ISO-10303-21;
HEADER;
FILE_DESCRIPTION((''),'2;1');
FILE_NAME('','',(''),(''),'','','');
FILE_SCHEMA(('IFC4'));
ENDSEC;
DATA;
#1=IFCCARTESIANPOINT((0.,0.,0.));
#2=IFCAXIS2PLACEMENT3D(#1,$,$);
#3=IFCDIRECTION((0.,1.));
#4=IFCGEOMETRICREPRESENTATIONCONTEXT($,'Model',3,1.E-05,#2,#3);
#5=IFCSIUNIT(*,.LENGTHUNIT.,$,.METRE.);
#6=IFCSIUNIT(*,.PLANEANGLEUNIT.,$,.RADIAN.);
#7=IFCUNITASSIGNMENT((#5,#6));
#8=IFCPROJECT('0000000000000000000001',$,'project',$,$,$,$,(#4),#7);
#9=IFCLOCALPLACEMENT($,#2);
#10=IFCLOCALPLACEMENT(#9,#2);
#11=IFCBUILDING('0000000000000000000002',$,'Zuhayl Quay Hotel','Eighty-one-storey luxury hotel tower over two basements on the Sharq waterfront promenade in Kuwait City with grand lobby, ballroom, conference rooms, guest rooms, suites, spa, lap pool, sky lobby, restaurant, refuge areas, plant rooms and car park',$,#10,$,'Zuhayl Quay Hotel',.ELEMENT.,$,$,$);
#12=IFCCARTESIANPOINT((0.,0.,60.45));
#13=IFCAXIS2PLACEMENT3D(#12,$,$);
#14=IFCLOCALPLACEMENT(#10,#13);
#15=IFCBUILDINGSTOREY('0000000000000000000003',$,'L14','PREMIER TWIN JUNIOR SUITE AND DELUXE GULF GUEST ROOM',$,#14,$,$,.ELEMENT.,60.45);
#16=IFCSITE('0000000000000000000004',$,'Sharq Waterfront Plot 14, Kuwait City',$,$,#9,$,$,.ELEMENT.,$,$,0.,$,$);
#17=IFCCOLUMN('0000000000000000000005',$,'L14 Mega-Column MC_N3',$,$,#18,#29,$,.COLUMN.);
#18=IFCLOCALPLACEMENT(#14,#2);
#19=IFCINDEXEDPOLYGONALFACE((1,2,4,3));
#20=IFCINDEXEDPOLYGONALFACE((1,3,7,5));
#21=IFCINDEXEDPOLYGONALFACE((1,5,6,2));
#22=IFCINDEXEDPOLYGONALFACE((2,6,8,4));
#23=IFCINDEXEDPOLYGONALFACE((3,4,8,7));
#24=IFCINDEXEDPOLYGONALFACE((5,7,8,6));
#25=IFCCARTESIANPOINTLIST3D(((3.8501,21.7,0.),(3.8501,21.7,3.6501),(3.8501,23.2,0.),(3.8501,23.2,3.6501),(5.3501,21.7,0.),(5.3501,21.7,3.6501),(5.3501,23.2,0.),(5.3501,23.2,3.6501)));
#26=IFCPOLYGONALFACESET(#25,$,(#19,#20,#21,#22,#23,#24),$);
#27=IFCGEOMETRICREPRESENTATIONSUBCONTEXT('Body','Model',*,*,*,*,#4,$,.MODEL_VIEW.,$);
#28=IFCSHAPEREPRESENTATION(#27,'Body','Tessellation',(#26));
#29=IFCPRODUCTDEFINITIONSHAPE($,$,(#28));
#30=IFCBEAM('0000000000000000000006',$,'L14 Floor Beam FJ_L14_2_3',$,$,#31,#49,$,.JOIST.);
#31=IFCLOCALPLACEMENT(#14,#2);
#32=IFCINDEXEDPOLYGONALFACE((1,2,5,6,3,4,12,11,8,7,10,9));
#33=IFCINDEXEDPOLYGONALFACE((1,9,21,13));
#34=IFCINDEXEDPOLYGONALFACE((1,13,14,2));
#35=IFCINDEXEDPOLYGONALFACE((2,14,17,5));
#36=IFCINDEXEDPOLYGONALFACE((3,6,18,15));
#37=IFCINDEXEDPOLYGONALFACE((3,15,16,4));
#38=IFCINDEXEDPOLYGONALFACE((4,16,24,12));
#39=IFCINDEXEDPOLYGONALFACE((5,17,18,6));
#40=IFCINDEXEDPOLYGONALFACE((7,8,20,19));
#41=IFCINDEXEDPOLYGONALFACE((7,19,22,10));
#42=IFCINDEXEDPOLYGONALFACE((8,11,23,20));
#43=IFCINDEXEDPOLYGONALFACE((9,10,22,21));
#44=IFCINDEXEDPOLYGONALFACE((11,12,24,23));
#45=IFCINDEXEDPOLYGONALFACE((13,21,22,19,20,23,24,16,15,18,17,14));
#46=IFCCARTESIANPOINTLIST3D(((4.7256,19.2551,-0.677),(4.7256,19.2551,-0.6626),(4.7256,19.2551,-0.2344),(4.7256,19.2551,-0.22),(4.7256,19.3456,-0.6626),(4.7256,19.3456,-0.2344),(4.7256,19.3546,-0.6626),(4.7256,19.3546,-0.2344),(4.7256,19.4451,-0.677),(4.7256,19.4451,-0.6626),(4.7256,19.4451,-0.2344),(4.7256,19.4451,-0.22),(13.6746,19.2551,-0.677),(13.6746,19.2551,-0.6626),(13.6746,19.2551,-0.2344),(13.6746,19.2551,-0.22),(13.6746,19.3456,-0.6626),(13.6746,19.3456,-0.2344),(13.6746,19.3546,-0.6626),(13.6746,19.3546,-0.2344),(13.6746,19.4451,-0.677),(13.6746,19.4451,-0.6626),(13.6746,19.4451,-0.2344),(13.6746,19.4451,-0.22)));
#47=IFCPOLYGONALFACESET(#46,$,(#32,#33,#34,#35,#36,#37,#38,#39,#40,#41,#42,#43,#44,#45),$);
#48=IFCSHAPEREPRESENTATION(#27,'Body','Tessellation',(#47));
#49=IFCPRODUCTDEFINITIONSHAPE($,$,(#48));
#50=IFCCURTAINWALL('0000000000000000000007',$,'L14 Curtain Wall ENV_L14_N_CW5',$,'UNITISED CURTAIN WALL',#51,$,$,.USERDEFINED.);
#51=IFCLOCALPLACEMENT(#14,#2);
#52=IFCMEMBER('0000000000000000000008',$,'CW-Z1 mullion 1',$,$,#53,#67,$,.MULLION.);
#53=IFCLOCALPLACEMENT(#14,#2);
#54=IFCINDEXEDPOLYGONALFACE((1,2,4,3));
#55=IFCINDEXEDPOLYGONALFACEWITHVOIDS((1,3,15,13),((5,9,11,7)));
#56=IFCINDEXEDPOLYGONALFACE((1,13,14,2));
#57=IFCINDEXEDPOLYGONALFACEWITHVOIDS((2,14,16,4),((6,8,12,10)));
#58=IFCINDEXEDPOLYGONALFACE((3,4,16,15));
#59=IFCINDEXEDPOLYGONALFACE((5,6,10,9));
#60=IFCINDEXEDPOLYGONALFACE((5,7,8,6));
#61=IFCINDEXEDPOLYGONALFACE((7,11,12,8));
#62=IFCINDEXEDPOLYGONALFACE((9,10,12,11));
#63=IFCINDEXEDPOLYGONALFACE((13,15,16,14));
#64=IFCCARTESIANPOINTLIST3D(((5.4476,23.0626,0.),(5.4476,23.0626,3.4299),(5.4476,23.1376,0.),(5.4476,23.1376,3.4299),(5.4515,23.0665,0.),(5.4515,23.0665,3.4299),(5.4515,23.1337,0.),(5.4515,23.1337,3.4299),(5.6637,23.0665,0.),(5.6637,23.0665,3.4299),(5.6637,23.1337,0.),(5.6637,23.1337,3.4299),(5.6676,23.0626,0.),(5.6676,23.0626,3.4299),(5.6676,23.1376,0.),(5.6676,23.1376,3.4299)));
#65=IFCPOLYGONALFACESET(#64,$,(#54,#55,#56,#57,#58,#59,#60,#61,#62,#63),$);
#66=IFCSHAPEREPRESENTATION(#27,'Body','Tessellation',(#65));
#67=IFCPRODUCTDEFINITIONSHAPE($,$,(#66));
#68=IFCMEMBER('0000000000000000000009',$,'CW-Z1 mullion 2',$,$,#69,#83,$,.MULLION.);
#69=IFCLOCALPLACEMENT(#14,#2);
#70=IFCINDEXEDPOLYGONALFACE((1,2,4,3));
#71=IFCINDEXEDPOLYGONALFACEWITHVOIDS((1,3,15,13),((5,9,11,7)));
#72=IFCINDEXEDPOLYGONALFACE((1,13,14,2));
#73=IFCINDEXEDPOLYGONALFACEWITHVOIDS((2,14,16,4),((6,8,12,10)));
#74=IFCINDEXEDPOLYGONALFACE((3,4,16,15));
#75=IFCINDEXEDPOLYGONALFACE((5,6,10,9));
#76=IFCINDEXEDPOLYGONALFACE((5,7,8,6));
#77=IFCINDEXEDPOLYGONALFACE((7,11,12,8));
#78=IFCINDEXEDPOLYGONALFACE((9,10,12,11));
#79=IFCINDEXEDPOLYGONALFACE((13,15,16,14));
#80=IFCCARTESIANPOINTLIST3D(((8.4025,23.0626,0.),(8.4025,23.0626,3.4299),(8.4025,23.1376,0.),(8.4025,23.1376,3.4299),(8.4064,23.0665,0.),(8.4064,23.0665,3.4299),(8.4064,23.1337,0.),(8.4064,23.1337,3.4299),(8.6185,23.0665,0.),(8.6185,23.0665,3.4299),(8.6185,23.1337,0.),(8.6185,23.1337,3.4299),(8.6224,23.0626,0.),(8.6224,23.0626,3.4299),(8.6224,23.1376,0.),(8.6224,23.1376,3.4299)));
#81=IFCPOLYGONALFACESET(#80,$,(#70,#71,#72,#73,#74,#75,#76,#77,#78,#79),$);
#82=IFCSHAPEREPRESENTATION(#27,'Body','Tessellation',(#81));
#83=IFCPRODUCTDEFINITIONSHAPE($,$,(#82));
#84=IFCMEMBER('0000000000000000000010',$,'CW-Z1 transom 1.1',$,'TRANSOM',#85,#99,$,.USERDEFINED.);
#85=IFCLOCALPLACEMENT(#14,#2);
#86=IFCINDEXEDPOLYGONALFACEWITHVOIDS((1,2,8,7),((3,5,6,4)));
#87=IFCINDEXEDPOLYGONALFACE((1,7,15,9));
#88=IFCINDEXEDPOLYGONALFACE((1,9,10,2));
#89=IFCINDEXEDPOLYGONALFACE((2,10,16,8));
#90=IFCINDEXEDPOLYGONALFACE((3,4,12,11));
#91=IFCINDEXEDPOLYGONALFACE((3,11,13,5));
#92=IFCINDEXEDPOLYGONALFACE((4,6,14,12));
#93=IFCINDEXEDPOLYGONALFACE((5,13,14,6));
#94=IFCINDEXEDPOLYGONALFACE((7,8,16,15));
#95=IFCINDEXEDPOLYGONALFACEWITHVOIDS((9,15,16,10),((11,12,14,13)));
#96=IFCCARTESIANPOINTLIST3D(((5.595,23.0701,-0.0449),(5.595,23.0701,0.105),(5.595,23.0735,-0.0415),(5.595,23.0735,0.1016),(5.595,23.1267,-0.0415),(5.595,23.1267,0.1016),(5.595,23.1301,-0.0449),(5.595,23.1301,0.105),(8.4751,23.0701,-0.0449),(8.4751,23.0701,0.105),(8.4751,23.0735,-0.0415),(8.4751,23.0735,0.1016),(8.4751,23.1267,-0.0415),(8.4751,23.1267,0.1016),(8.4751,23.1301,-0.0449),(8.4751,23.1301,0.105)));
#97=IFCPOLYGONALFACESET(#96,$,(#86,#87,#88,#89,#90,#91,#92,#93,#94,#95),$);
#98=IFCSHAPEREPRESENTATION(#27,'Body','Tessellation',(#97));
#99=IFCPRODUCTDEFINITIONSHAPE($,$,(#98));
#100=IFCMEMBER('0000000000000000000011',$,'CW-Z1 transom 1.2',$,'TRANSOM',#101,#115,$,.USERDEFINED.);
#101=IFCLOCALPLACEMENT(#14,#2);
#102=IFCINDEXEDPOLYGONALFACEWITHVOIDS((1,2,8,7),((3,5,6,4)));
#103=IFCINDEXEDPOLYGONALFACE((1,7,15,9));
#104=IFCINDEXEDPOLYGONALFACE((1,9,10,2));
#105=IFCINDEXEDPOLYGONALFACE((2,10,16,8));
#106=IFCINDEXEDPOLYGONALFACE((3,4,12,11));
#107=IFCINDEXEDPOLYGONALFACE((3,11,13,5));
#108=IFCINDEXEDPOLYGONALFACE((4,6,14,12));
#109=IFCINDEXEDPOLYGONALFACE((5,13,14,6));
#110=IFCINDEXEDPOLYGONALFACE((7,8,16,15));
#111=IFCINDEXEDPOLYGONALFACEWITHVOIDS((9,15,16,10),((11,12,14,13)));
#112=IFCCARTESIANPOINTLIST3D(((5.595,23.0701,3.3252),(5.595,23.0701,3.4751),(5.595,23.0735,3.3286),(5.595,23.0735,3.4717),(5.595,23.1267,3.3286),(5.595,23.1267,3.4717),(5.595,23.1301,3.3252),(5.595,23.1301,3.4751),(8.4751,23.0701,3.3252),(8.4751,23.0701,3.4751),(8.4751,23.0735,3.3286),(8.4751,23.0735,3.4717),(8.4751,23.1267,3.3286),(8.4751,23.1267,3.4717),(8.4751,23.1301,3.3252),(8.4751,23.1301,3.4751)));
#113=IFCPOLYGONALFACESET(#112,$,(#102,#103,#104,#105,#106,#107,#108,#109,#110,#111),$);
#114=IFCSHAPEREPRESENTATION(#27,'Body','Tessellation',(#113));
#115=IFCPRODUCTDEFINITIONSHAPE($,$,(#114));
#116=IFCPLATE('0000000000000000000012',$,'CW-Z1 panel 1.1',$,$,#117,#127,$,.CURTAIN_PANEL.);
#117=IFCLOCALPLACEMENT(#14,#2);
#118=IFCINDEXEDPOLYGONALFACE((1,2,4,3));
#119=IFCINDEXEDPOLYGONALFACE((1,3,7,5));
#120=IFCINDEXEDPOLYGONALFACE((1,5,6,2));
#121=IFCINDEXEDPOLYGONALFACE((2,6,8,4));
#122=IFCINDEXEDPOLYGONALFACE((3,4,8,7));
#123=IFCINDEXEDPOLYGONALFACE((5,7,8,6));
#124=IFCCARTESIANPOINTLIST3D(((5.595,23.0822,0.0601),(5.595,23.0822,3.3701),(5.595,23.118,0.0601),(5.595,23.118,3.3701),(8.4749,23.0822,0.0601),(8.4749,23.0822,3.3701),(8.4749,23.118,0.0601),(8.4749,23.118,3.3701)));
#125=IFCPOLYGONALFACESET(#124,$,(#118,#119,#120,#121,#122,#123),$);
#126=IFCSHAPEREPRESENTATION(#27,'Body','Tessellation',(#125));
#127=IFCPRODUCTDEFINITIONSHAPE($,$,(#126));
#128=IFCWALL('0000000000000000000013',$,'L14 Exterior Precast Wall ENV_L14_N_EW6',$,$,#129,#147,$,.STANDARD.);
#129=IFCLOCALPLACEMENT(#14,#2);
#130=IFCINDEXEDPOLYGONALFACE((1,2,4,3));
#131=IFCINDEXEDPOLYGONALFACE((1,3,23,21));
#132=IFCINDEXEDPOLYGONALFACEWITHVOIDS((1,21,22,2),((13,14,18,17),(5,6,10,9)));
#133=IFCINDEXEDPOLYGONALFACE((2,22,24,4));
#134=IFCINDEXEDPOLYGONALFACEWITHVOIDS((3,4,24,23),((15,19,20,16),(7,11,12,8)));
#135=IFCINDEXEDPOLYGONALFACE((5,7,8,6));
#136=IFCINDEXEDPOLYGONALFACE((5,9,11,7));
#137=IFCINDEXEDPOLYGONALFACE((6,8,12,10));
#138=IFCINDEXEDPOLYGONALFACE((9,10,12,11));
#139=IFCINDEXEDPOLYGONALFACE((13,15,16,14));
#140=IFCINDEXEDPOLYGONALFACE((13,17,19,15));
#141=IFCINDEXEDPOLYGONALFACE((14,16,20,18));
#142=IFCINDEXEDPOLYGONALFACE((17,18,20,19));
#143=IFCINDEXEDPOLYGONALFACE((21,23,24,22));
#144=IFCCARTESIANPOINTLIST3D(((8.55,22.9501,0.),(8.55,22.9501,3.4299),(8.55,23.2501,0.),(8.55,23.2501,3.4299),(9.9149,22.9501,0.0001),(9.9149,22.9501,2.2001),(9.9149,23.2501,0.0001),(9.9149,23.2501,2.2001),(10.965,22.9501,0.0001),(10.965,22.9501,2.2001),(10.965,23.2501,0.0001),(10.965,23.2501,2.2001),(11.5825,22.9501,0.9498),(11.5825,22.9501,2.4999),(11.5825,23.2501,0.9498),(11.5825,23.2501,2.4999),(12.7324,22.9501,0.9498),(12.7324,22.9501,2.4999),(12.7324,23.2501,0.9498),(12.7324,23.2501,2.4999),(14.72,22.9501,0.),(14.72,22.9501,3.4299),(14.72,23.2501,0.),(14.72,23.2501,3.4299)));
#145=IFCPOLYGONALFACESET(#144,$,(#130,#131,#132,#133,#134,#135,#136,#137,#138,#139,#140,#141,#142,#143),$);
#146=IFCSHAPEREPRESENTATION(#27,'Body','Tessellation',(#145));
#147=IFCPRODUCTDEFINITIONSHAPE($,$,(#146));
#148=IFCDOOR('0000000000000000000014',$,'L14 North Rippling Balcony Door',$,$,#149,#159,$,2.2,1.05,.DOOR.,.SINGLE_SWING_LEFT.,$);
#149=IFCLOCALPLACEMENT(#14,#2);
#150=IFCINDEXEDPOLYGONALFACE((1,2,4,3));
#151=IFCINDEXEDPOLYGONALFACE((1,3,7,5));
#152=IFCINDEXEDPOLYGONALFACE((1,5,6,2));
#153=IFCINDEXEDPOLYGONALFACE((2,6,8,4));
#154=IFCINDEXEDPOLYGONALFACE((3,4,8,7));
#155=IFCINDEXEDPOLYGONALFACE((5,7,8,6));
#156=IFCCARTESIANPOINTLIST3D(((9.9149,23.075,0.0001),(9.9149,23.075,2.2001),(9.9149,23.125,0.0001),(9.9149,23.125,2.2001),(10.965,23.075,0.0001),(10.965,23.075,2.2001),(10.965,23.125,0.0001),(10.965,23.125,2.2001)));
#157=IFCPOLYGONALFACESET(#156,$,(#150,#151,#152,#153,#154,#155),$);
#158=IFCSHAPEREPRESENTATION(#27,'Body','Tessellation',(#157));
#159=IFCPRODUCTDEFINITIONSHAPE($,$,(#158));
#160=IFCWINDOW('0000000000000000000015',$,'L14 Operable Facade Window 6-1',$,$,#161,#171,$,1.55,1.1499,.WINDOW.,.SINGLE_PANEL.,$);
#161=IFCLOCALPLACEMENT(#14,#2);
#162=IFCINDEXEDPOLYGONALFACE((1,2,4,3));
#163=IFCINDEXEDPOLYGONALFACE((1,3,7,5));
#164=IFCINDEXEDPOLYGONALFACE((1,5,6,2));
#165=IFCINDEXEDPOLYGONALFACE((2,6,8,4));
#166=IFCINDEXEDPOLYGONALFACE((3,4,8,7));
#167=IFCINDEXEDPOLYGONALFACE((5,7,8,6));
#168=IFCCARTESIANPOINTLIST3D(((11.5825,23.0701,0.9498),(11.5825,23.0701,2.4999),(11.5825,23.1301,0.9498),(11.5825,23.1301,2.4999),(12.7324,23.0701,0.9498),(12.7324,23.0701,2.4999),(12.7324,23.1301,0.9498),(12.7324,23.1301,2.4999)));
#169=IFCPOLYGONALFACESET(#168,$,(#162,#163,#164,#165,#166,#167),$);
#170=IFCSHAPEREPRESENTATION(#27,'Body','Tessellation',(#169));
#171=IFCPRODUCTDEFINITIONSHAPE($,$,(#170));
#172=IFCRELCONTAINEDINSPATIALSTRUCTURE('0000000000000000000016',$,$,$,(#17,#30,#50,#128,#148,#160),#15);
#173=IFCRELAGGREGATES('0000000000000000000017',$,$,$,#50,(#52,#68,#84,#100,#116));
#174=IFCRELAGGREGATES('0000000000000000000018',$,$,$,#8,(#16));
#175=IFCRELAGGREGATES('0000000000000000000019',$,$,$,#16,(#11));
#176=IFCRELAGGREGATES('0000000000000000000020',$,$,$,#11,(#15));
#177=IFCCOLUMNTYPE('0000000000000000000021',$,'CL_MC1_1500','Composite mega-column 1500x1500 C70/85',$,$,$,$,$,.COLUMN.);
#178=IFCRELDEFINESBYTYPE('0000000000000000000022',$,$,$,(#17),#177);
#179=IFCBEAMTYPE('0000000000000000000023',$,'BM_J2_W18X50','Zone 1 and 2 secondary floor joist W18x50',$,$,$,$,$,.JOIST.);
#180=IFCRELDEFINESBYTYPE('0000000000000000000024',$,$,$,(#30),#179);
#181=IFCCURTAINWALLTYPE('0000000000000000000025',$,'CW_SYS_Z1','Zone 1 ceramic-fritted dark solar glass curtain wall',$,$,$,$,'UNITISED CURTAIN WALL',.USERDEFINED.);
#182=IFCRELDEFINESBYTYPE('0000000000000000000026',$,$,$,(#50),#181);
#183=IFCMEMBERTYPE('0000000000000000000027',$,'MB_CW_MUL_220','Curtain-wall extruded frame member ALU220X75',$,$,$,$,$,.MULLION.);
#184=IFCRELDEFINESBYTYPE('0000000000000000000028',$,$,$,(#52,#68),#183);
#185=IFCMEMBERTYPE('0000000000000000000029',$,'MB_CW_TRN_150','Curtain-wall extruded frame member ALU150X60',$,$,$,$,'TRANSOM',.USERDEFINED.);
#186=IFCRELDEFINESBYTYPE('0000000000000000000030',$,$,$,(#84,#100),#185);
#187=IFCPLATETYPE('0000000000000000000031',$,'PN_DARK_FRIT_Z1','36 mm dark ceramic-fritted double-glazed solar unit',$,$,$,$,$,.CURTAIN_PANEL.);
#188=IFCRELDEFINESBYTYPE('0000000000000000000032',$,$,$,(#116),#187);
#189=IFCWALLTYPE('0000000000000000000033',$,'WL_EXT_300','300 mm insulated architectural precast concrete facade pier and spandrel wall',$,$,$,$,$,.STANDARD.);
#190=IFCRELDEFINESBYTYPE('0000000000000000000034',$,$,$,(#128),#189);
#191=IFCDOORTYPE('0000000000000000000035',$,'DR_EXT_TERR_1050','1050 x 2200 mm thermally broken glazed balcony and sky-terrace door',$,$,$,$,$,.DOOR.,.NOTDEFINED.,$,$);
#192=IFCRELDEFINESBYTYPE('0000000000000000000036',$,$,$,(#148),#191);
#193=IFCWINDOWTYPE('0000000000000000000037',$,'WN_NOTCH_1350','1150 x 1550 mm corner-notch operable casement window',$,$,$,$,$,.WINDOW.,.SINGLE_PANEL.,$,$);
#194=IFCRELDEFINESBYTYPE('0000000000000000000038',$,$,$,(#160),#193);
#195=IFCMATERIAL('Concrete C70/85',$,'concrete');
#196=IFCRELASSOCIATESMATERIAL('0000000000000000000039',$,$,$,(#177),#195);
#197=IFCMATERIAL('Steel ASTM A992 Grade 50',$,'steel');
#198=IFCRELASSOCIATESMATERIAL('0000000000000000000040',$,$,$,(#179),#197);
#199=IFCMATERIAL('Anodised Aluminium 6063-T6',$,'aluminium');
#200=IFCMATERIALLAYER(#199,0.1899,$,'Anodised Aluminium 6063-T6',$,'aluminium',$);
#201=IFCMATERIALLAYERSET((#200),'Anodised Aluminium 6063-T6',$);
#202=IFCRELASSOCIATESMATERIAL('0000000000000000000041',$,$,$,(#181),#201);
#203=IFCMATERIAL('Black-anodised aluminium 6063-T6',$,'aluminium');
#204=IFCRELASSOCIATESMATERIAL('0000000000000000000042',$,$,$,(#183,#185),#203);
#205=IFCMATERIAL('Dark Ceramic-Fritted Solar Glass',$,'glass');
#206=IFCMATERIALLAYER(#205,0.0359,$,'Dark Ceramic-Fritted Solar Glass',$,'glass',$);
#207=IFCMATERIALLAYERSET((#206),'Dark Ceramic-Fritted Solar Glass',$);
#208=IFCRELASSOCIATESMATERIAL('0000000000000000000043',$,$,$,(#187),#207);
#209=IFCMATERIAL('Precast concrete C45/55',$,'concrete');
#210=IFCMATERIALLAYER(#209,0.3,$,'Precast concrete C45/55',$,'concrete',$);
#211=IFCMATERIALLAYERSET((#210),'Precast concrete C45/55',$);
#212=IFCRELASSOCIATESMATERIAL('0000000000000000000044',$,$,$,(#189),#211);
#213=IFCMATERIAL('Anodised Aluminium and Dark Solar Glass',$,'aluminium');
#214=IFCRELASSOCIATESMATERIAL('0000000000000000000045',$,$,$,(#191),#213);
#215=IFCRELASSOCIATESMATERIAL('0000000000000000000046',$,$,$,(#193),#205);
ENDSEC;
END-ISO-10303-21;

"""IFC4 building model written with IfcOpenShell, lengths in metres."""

from ifc_helpers import new_model, si_unit, direction, frame, frame_2d, origin, origin_2d, place, context, subcontext, project, spatial, rectangle, hollow_rectangle, i_section, extrude, material, layer, layer_set, material_profile, profile_set, type_object, element, fill, aggregate, save


model = new_model("IFC4")

# Units and contexts
model_context = context("Model", 3, precision=1e-05, world=origin(), true_north=direction((0.0, 1.0)))
body_context = subcontext(model_context, "Body", "Model", "MODEL_VIEW")
ifc_project = project(units=[si_unit("LENGTHUNIT", "METRE"), si_unit("PLANEANGLEUNIT", "RADIAN")], contexts=[model_context])

# Site, building, storey
site_placement = place(None, origin())
site = spatial("IfcSite", under=ifc_project, at=site_placement, Name="Sharq Waterfront Plot 14, Kuwait City", CompositionType="ELEMENT", RefElevation=0.0)
building_placement = place(site_placement, origin())
building = spatial("IfcBuilding", under=site, at=building_placement, Name="Zuhayl Quay Hotel", Description="Eighty-one-storey luxury hotel tower over two basements on the Sharq waterfront promenade in Kuwait City with grand lobby, ballroom, conference rooms, guest rooms, suites, spa, lap pool, sky lobby, restaurant, refuge areas, plant rooms and car park", LongName="Zuhayl Quay Hotel", CompositionType="ELEMENT")
storey_placement = place(building_placement, frame((0.0, 0.0, 60.45)))
storey = spatial("IfcBuildingStorey", under=building, at=storey_placement, Name="L14", Description="PREMIER TWIN JUNIOR SUITE AND DELUXE GULF GUEST ROOM", CompositionType="ELEMENT", Elevation=60.45)

# Column
ifc_material_1 = material(Name="Concrete C70/85", Category="concrete")
ifc_material_profile_1 = material_profile(ifc_material_1, rectangle(XDim=1.5, YDim=1.5, at=origin_2d()), Name="RC1500X1500")
ifc_profile_set_1 = profile_set([ifc_material_profile_1], Name="Concrete C70/85")
column_type = type_object("IfcColumnType", Name="CL_MC1_1500", Description="Composite mega-column 1500x1500 C70/85", PredefinedType="COLUMN", material=ifc_profile_set_1)
column_placement = place(storey_placement, frame((4.6001, 22.45, 0.0), z_axis=(0.0, 0.0, 1.0), x_axis=(1.0, 0.0, 0.0)))
element("IfcColumn", 1, at=column_placement, inside=storey, type_object=column_type, Name="L14 Mega-Column MC_N3", PredefinedType="COLUMN", context=body_context, shape_type="SweptSolid", body=[
    extrude(rectangle(XDim=1.5, YDim=1.5, at=origin_2d()), origin(), (0.0, 0.0, 1.0), 3.6501),
])

# Beam
ifc_material_2 = material(Name="Steel ASTM A992 Grade 50", Category="steel")
ifc_material_profile_2 = material_profile(ifc_material_2, i_section(OverallWidth=0.1899, OverallDepth=0.457, WebThickness=0.009, FlangeThickness=0.0144, at=origin_2d()), Name="W18X50")
ifc_profile_set_2 = profile_set([ifc_material_profile_2], Name="Steel ASTM A992 Grade 50")
beam_type = type_object("IfcBeamType", Name="BM_J2_W18X50", Description="Zone 1 and 2 secondary floor joist W18x50", PredefinedType="JOIST", material=ifc_profile_set_2)
beam_placement = place(storey_placement, frame((4.7256, 19.3501, -0.4485), z_axis=(1.0, 0.0, 0.0), x_axis=(0.0, 1.0, 0.0)))
element("IfcBeam", 2, at=beam_placement, inside=storey, type_object=beam_type, Name="L14 Floor Beam FJ_L14_2_3", PredefinedType="JOIST", context=body_context, shape_type="SweptSolid", body=[
    extrude(i_section(OverallWidth=0.1899, OverallDepth=0.457, WebThickness=0.009, FlangeThickness=0.0144, at=origin_2d()), origin(), (0.0, 0.0, 1.0), 8.949),
])

# Curtain wall, members, plate
ifc_material_3 = material(Name="Anodised Aluminium 6063-T6", Category="aluminium")
ifc_layer_1 = layer(ifc_material_3, 0.1899, Name="Anodised Aluminium 6063-T6", Category="aluminium")
ifc_layer_set_1 = layer_set([ifc_layer_1], Name="Anodised Aluminium 6063-T6")
curtain_wall_type = type_object("IfcCurtainWallType", Name="CW_SYS_Z1", Description="Zone 1 ceramic-fritted dark solar glass curtain wall", ElementType="UNITISED CURTAIN WALL", PredefinedType="USERDEFINED", material=ifc_layer_set_1)
curtain_wall_placement = place(storey_placement, origin())
curtain_wall = element("IfcCurtainWall", 3, at=curtain_wall_placement, inside=storey, type_object=curtain_wall_type, Name="L14 Curtain Wall ENV_L14_N_CW5", ObjectType="UNITISED CURTAIN WALL", PredefinedType="USERDEFINED")
ifc_material_4 = material(Name="Black-anodised aluminium 6063-T6", Category="aluminium")
ifc_material_profile_3 = material_profile(ifc_material_4, hollow_rectangle(XDim=0.075, YDim=0.22, WallThickness=0.0039, at=origin_2d()), Name="ALU220X75")
ifc_profile_set_3 = profile_set([ifc_material_profile_3], Name="Black-anodised aluminium 6063-T6")
member_type_1 = type_object("IfcMemberType", Name="MB_CW_MUL_220", Description="Curtain-wall extruded frame member ALU220X75", PredefinedType="MULLION", material=ifc_profile_set_3)
member_1_placement = place(storey_placement, frame((5.5576, 23.1001, 0.0), z_axis=(0.0, 0.0, 1.0), x_axis=(0.0, 1.0, 0.0)))
member_1 = element("IfcMember", 4, at=member_1_placement, type_object=member_type_1, Name="CW-Z1 mullion 1", PredefinedType="MULLION", context=body_context, shape_type="SweptSolid", body=[
    extrude(hollow_rectangle(XDim=0.075, YDim=0.22, WallThickness=0.0039, at=origin_2d()), origin(), (0.0, 0.0, 1.0), 3.4299),
])
member_2_placement = place(storey_placement, frame((8.5125, 23.1001, 0.0), z_axis=(0.0, 0.0, 1.0), x_axis=(0.0, 1.0, 0.0)))
member_2 = element("IfcMember", 5, at=member_2_placement, type_object=member_type_1, Name="CW-Z1 mullion 2", PredefinedType="MULLION", context=body_context, shape_type="SweptSolid", body=[
    extrude(hollow_rectangle(XDim=0.075, YDim=0.22, WallThickness=0.0039, at=origin_2d()), origin(), (0.0, 0.0, 1.0), 3.4299),
])
ifc_material_profile_4 = material_profile(ifc_material_4, hollow_rectangle(XDim=0.0601, YDim=0.1499, WallThickness=0.0034, at=origin_2d()), Name="ALU150X60")
ifc_profile_set_4 = profile_set([ifc_material_profile_4], Name="Black-anodised aluminium 6063-T6")
member_type_2 = type_object("IfcMemberType", Name="MB_CW_TRN_150", Description="Curtain-wall extruded frame member ALU150X60", ElementType="TRANSOM", PredefinedType="USERDEFINED", material=ifc_profile_set_4)
member_3_placement = place(storey_placement, frame((5.595, 23.1001, 0.03), z_axis=(1.0, 0.0, 0.0), x_axis=(0.0, 1.0, 0.0)))
member_3 = element("IfcMember", 6, at=member_3_placement, type_object=member_type_2, Name="CW-Z1 transom 1.1", ObjectType="TRANSOM", PredefinedType="USERDEFINED", context=body_context, shape_type="SweptSolid", body=[
    extrude(hollow_rectangle(XDim=0.0601, YDim=0.1499, WallThickness=0.0034, at=origin_2d()), origin(), (0.0, 0.0, 1.0), 2.8801),
])
member_4_placement = place(storey_placement, frame((5.595, 23.1001, 3.4001), z_axis=(1.0, 0.0, 0.0), x_axis=(0.0, 1.0, 0.0)))
member_4 = element("IfcMember", 7, at=member_4_placement, type_object=member_type_2, Name="CW-Z1 transom 1.2", ObjectType="TRANSOM", PredefinedType="USERDEFINED", context=body_context, shape_type="SweptSolid", body=[
    extrude(hollow_rectangle(XDim=0.0601, YDim=0.1499, WallThickness=0.0034, at=origin_2d()), origin(), (0.0, 0.0, 1.0), 2.8801),
])
ifc_material_5 = material(Name="Dark Ceramic-Fritted Solar Glass", Category="glass")
ifc_layer_2 = layer(ifc_material_5, 0.0359, Name="Dark Ceramic-Fritted Solar Glass", Category="glass")
ifc_layer_set_2 = layer_set([ifc_layer_2], Name="Dark Ceramic-Fritted Solar Glass")
plate_type = type_object("IfcPlateType", Name="PN_DARK_FRIT_Z1", Description="36 mm dark ceramic-fritted double-glazed solar unit", PredefinedType="CURTAIN_PANEL", material=ifc_layer_set_2)
plate_placement = place(storey_placement, frame((7.0349, 23.1001, 0.0601), z_axis=(0.0, 0.0, 1.0), x_axis=(1.0, 0.0, 0.0)))
plate = element("IfcPlate", 8, at=plate_placement, type_object=plate_type, Name="CW-Z1 panel 1.1", PredefinedType="CURTAIN_PANEL", context=body_context, shape_type="SweptSolid", body=[
    extrude(rectangle(XDim=2.8799, YDim=0.0359, at=origin_2d()), origin(), (0.0, 0.0, 1.0), 3.3101),
])
aggregate(curtain_wall, [member_1, member_2, member_3, member_4, plate])

# Wall, openings, door, window
ifc_material_6 = material(Name="Precast concrete C45/55", Category="concrete")
ifc_layer_3 = layer(ifc_material_6, 0.3, Name="Precast concrete C45/55", Category="concrete")
ifc_layer_set_3 = layer_set([ifc_layer_3], Name="Precast concrete C45/55")
wall_type_1 = type_object("IfcWallType", Name="WL_EXT_300", Description="300 mm insulated architectural precast concrete facade pier and spandrel wall", PredefinedType="STANDARD", material=ifc_layer_set_3)
wall_1_placement = place(storey_placement, frame((8.55, 23.1001, 0.0), z_axis=(0.0, 0.0, 1.0), x_axis=(1.0, 0.0, 0.0)))
wall_1 = element("IfcWall", 9, at=wall_1_placement, inside=storey, type_object=wall_type_1, Name="L14 Exterior Precast Wall ENV_L14_N_EW6", PredefinedType="STANDARD", context=body_context, shape_type="SweptSolid", body=[
    extrude(rectangle(XDim=6.1699, YDim=0.3, at=frame_2d((3.085, 0.0))), origin(), (0.0, 0.0, 1.0), 3.4299),
])
opening_1_placement = place(wall_1_placement, frame((1.365, 0.0, 0.0)))
opening_1 = element("IfcOpeningElement", 10, at=opening_1_placement, cuts=wall_1, PredefinedType="OPENING", context=body_context, shape_type="SweptSolid", body=[
    extrude(rectangle(XDim=1.05, YDim=2.2, at=frame_2d((0.5249, 1.1001))), frame((0.0, 0.1599, 0.0), z_axis=(0.0, -1.0, 0.0), x_axis=(1.0, 0.0, 0.0)), (0.0, 0.0, 1.0), 0.3201),
])
opening_2_placement = place(wall_1_placement, frame((3.0325, 0.0, 0.95)))
opening_2 = element("IfcOpeningElement", 11, at=opening_2_placement, cuts=wall_1, PredefinedType="OPENING", context=body_context, shape_type="SweptSolid", body=[
    extrude(rectangle(XDim=1.1499, YDim=1.55, at=frame_2d((0.575, 0.7749))), frame((0.0, 0.1599, 0.0), z_axis=(0.0, -1.0, 0.0), x_axis=(1.0, 0.0, 0.0)), (0.0, 0.0, 1.0), 0.3201),
])
ifc_material_7 = material(Name="Anodised Aluminium and Dark Solar Glass", Category="aluminium")
door_type_1 = type_object("IfcDoorType", Name="DR_EXT_TERR_1050", Description="1050 x 2200 mm thermally broken glazed balcony and sky-terrace door", OperationType="NOTDEFINED", PredefinedType="DOOR", material=ifc_material_7)
door_1_placement = place(opening_1_placement, origin())
door_1 = element("IfcDoor", 12, at=door_1_placement, inside=storey, type_object=door_type_1, Name="L14 North Rippling Balcony Door", OperationType="SINGLE_SWING_LEFT", OverallHeight=2.2, OverallWidth=1.05, PredefinedType="DOOR", context=body_context, shape_type="SweptSolid", body=[
    extrude(rectangle(XDim=1.05, YDim=2.2, at=frame_2d((0.5249, 1.1001))), frame((0.0, 0.0249, 0.0), z_axis=(0.0, -1.0, 0.0), x_axis=(1.0, 0.0, 0.0)), (0.0, 0.0, 1.0), 0.05),
])
fill(opening_1, door_1)
window_type = type_object("IfcWindowType", Name="WN_NOTCH_1350", Description="1150 x 1550 mm corner-notch operable casement window", PartitioningType="SINGLE_PANEL", PredefinedType="WINDOW", material=ifc_material_5)
window_placement = place(opening_2_placement, origin())
window = element("IfcWindow", 13, at=window_placement, inside=storey, type_object=window_type, Name="L14 Operable Facade Window 6-1", OverallHeight=1.55, OverallWidth=1.1499, PartitioningType="SINGLE_PANEL", PredefinedType="WINDOW", context=body_context, shape_type="SweptSolid", body=[
    extrude(rectangle(XDim=1.1499, YDim=1.55, at=frame_2d((0.575, 0.7749))), frame((0.0, 0.03, 0.0), z_axis=(0.0, -1.0, 0.0), x_axis=(1.0, 0.0, 0.0)), (0.0, 0.0, 1.0), 0.0601),
])
fill(opening_2, window)

save(model, "model.ifc")
